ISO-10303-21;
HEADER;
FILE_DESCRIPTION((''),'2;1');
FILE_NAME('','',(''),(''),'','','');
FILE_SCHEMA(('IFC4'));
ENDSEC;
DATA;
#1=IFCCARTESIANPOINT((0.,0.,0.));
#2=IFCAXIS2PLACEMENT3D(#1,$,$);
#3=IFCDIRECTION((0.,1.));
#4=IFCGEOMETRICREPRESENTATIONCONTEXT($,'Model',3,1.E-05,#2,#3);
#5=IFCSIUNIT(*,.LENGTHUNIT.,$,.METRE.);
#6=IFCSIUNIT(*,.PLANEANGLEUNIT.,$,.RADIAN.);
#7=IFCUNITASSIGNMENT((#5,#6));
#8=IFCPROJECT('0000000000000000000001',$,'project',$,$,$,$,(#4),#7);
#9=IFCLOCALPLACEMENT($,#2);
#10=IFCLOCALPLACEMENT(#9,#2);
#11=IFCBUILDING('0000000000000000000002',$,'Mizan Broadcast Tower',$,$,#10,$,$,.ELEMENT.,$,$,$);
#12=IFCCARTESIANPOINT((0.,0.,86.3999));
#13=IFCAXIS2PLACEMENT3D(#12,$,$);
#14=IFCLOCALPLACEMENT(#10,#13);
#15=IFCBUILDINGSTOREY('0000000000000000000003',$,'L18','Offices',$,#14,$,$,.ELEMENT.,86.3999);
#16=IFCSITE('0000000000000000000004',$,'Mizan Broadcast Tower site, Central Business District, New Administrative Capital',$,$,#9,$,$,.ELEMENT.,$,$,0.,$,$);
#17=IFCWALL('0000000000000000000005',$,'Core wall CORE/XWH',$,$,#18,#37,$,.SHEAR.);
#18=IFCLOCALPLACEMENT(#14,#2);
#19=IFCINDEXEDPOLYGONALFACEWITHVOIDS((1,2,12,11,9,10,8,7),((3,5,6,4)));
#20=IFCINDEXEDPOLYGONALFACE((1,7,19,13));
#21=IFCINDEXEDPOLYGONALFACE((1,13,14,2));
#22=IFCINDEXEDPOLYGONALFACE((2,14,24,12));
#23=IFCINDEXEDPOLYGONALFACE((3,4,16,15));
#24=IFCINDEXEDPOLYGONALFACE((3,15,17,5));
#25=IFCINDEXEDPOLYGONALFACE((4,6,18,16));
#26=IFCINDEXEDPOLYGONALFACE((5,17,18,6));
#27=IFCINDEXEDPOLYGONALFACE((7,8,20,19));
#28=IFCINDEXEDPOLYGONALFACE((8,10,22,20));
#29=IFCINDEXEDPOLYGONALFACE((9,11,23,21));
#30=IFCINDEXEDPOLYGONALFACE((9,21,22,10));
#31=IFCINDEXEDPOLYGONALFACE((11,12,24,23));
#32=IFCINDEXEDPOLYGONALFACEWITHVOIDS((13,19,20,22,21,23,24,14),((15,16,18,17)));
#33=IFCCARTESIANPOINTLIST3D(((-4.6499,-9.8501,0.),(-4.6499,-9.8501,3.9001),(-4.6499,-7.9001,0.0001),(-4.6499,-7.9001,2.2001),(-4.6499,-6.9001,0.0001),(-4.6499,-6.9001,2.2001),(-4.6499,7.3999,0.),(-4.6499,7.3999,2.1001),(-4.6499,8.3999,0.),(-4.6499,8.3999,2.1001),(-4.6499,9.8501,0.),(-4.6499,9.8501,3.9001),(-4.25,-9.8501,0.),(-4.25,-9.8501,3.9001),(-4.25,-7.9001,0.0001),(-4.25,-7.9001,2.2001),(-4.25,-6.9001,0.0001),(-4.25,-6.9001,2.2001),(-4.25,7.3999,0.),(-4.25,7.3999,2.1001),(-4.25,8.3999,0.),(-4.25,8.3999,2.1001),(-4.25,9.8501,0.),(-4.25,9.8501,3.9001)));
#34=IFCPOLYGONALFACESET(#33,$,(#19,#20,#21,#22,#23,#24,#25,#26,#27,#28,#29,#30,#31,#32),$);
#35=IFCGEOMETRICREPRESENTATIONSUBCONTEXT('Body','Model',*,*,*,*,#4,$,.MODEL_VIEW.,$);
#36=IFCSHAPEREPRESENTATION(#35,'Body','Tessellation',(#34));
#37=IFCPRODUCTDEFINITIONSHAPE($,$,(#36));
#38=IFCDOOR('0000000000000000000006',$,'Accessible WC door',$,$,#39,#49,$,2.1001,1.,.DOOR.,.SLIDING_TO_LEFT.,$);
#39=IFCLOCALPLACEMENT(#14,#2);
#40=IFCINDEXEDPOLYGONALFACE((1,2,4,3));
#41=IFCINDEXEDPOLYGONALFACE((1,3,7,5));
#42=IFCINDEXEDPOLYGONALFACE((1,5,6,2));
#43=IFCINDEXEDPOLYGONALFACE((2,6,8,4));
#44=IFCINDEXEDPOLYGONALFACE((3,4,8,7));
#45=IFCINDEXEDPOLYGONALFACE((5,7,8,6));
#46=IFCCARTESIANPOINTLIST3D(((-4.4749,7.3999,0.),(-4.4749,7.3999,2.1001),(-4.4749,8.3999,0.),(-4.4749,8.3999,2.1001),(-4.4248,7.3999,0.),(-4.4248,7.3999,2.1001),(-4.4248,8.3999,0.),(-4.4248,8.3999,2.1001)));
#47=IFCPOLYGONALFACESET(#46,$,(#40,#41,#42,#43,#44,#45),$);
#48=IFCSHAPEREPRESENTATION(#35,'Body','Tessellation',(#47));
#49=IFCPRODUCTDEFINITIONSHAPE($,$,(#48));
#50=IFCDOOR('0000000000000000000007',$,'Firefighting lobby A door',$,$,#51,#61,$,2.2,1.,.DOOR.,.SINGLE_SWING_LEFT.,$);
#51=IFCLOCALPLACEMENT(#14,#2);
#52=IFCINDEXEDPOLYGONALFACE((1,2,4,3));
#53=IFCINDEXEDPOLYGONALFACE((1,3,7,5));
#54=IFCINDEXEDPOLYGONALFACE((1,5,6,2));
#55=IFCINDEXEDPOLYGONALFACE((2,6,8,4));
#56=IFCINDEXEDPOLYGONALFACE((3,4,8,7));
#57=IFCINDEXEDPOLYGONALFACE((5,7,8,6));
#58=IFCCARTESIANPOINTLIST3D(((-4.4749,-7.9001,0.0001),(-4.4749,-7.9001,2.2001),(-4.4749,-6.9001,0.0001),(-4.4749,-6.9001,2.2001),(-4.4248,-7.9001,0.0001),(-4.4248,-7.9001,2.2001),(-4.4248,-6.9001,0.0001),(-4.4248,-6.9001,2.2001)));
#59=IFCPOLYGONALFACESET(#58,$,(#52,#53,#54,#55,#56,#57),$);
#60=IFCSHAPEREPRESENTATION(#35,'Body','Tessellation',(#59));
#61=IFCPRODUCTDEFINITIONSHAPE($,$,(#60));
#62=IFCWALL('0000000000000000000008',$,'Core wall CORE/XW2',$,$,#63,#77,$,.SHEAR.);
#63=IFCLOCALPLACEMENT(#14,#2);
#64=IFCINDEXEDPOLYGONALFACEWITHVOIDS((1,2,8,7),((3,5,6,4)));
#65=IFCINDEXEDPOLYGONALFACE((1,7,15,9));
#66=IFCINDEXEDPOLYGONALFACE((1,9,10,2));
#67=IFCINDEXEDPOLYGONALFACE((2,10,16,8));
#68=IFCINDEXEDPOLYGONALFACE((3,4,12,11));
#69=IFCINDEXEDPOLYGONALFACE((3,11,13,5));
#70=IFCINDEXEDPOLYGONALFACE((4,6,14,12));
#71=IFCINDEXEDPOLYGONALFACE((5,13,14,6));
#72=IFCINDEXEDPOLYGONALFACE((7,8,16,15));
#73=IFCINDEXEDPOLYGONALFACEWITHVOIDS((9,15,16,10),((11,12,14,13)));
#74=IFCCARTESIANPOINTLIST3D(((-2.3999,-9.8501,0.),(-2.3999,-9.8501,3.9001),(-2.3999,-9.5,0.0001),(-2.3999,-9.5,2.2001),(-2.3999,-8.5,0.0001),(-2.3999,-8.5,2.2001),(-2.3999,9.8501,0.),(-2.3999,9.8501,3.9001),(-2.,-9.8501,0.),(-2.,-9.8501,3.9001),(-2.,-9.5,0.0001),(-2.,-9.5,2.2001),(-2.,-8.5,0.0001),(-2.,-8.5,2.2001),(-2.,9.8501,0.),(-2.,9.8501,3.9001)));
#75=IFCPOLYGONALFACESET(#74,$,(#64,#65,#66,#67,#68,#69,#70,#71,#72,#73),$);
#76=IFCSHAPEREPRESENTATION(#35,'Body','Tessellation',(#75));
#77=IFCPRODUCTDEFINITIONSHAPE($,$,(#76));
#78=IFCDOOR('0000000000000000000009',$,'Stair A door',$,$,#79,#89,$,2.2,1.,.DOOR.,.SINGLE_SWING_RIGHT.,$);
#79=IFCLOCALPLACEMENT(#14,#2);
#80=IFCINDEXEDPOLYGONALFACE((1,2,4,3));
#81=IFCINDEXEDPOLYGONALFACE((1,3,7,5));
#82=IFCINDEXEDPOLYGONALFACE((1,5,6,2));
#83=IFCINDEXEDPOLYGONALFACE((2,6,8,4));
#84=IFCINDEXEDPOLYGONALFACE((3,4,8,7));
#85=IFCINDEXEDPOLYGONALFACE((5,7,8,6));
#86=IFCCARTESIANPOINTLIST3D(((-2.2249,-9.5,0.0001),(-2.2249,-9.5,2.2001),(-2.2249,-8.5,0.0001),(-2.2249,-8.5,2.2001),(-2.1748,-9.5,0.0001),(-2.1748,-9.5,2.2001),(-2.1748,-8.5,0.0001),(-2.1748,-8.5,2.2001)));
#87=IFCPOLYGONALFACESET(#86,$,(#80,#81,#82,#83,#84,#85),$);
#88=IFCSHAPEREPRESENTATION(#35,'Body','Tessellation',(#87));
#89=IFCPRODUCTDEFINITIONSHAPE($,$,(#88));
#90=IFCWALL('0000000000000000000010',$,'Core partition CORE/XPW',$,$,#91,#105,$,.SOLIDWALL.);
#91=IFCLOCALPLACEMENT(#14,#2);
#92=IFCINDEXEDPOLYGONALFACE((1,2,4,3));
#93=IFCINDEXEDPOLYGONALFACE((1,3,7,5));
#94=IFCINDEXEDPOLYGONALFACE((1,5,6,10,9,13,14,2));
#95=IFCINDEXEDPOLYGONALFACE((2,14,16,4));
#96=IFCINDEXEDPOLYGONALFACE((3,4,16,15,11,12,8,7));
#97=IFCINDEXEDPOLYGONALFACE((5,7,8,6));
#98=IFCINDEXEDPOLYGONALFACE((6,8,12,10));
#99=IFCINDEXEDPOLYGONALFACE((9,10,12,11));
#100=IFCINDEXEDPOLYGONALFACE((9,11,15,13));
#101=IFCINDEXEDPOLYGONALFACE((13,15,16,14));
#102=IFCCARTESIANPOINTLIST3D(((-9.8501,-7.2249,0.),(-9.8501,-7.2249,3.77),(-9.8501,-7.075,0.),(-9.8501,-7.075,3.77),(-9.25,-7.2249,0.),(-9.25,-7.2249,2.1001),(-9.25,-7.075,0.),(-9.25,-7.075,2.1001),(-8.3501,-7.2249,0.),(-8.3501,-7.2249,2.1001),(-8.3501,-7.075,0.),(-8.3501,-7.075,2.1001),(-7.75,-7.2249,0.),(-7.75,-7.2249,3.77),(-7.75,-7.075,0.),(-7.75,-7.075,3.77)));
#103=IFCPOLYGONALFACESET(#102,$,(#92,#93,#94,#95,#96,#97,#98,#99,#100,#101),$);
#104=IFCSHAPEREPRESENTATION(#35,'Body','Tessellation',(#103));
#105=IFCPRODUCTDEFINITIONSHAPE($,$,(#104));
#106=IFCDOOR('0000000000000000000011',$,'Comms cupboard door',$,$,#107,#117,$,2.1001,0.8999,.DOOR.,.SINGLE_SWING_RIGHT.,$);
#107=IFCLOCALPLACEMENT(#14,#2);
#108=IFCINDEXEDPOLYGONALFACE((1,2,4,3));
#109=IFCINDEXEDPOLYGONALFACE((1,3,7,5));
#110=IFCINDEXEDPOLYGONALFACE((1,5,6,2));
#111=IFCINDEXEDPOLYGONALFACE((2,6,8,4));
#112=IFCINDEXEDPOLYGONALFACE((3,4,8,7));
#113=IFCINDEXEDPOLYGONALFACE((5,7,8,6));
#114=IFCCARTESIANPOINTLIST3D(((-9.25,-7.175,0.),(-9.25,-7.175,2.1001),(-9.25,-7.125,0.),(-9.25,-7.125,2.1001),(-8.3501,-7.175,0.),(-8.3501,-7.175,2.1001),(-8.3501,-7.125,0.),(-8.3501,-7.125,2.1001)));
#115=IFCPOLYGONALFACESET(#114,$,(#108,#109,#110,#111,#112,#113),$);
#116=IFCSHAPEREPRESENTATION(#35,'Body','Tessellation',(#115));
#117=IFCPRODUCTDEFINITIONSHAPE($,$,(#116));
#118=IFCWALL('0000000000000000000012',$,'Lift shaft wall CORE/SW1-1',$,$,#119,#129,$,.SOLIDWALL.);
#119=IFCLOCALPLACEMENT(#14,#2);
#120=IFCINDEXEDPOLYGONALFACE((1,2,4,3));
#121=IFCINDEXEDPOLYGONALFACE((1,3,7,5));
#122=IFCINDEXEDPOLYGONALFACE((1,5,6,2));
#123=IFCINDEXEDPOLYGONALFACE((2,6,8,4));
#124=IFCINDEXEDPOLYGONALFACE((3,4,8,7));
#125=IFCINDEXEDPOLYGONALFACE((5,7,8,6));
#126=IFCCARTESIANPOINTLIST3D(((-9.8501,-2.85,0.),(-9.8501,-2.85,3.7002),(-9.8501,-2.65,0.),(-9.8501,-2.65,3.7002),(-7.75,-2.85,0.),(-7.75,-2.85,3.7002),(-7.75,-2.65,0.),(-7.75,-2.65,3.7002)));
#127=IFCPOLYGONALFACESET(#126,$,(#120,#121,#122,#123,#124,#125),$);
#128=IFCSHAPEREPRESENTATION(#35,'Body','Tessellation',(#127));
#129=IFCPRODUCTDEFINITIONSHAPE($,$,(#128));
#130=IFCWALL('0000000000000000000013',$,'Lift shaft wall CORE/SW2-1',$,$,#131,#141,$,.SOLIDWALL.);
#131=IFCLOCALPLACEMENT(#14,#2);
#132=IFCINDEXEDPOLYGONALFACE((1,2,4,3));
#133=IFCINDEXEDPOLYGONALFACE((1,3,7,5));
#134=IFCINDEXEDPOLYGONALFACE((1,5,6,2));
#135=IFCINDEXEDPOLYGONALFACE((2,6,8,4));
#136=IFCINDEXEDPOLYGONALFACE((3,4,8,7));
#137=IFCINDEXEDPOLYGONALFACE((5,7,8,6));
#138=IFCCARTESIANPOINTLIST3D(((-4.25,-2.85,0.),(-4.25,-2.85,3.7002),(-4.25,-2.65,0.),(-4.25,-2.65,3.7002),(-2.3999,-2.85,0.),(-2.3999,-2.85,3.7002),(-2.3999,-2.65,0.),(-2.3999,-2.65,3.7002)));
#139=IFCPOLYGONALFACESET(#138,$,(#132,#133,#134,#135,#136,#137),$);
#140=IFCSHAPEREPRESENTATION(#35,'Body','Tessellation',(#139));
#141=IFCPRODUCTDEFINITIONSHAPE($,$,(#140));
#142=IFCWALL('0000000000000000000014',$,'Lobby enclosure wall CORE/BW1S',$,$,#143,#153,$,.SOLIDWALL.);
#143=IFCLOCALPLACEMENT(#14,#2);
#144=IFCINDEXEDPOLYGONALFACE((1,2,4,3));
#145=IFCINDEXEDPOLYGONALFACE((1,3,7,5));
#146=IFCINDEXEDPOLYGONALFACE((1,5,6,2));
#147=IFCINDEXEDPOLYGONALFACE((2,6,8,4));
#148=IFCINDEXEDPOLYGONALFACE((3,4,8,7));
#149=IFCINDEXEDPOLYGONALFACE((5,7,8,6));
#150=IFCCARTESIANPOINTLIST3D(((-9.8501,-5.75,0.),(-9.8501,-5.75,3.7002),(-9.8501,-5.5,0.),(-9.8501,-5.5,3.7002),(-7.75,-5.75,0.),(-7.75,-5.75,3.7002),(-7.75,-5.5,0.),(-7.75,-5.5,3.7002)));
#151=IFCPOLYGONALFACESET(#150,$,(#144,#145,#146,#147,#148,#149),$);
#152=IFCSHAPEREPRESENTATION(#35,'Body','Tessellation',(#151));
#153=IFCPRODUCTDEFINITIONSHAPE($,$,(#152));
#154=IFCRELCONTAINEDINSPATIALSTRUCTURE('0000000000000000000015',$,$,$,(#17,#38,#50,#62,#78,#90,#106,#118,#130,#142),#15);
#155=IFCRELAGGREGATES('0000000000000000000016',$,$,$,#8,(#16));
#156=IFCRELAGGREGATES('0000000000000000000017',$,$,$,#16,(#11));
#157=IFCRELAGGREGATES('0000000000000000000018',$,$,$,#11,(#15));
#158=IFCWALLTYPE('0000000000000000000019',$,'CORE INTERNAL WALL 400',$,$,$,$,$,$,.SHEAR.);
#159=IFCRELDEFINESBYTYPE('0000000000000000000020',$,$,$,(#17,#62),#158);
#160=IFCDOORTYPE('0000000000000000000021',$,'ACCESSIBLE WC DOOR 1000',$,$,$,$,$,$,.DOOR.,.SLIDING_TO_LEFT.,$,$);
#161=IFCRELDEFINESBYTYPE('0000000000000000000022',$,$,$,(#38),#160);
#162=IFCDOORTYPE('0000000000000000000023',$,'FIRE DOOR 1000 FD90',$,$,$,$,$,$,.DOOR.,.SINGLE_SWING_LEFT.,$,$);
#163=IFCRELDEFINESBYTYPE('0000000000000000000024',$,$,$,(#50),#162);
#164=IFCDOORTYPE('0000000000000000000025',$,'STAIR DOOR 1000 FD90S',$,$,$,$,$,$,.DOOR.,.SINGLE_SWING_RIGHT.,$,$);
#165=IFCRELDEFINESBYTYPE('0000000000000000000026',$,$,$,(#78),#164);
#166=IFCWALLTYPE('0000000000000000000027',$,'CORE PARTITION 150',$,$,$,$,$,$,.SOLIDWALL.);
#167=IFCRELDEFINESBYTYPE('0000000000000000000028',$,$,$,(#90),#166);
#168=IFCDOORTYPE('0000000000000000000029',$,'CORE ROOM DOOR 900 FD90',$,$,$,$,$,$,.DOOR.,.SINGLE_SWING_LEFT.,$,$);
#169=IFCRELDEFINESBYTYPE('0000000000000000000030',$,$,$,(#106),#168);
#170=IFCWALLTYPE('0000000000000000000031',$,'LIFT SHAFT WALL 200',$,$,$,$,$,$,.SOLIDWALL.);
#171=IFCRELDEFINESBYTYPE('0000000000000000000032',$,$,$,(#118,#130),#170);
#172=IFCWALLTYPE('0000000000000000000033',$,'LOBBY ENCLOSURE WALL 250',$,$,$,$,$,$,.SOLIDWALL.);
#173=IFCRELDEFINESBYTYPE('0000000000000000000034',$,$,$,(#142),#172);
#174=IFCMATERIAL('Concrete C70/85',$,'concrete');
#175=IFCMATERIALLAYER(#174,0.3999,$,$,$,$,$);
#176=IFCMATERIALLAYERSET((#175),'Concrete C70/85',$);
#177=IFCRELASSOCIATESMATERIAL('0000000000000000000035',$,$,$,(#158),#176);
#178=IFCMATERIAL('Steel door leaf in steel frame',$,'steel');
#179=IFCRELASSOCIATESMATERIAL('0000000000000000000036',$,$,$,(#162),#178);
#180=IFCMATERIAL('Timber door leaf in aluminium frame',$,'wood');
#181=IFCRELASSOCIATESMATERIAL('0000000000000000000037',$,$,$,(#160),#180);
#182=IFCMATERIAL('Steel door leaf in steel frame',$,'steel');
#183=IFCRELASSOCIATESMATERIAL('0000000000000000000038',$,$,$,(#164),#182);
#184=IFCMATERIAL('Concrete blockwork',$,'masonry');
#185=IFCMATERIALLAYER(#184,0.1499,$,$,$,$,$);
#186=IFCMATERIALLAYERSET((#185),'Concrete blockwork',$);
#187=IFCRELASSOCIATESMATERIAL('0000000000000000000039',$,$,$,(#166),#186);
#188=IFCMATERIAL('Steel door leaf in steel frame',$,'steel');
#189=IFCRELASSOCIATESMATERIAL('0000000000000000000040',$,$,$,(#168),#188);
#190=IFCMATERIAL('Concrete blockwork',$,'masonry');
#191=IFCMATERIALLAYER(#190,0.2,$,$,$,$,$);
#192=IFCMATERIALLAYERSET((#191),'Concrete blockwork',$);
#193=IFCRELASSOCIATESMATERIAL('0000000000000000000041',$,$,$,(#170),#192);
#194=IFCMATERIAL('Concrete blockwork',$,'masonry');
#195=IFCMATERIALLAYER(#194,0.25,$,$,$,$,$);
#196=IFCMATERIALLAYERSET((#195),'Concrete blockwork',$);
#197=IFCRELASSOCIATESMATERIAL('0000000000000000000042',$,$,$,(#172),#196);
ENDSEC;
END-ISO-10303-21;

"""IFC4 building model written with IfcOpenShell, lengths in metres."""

from ifc_helpers import new_model, si_unit, direction, frame, frame_2d, origin, place, context, subcontext, project, spatial, rectangle, extrude, material, layer, layer_set, type_object, element, fill, save


model = new_model("IFC4")

# Units and contexts
model_context = context("Model", 3, precision=1e-05, world=origin(), true_north=direction((0.0, 1.0)))
body_context = subcontext(model_context, "Body", "Model", "MODEL_VIEW")
ifc_project = project(units=[si_unit("LENGTHUNIT", "METRE"), si_unit("PLANEANGLEUNIT", "RADIAN")], contexts=[model_context])

# Site, building, storey
site_placement = place(None, origin())
site = spatial("IfcSite", under=ifc_project, at=site_placement, Name="Mizan Broadcast Tower site, Central Business District, New Administrative Capital", CompositionType="ELEMENT", RefElevation=0.0)
building_placement = place(site_placement, origin())
building = spatial("IfcBuilding", under=site, at=building_placement, Name="Mizan Broadcast Tower", CompositionType="ELEMENT")
storey_placement = place(building_placement, frame((0.0, 0.0, 86.3999)))
storey = spatial("IfcBuildingStorey", under=building, at=storey_placement, Name="L18", Description="Offices", CompositionType="ELEMENT", Elevation=86.3999)

# Wall, openings, doors
ifc_material_1 = material(Name="Concrete C70/85", Category="concrete")
ifc_layer_1 = layer(ifc_material_1, 0.3999)
ifc_layer_set_1 = layer_set([ifc_layer_1], Name="Concrete C70/85")
wall_type_1 = type_object("IfcWallType", Name="CORE INTERNAL WALL 400", PredefinedType="SHEAR", material=ifc_layer_set_1)
ifc_material_2 = material(Name="Steel door leaf in steel frame", Category="steel")
door_type_1 = type_object("IfcDoorType", Name="FIRE DOOR 1000 FD90", OperationType="SINGLE_SWING_LEFT", PredefinedType="DOOR", material=ifc_material_2)
wall_1_placement = place(storey_placement, frame((-4.45, -9.8501, 0.0), z_axis=(0.0, 0.0, 1.0), x_axis=(0.0, 1.0, 0.0)))
wall_1 = element("IfcWall", 1, at=wall_1_placement, inside=storey, type_object=wall_type_1, Name="Core wall CORE/XWH", PredefinedType="SHEAR", context=body_context, shape_type="SweptSolid", body=[
    extrude(rectangle(XDim=19.7002, YDim=0.3999, at=frame_2d((9.8501, 0.0))), origin(), (0.0, 0.0, 1.0), 3.9001),
])
opening_1_placement = place(wall_1_placement, frame((1.95, 0.0, 0.0)))
opening_1 = element("IfcOpeningElement", 2, at=opening_1_placement, cuts=wall_1, PredefinedType="OPENING", context=body_context, shape_type="SweptSolid", body=[
    extrude(rectangle(XDim=1.0, YDim=2.2, at=frame_2d((0.5, 1.1001))), frame((0.0, 0.21, 0.0), z_axis=(0.0, -1.0, 0.0), x_axis=(1.0, 0.0, 0.0)), (0.0, 0.0, 1.0), 0.4199),
])
opening_2_placement = place(wall_1_placement, frame((17.25, 0.0, 0.0)))
opening_2 = element("IfcOpeningElement", 3, at=opening_2_placement, cuts=wall_1, PredefinedType="OPENING", context=body_context, shape_type="SweptSolid", body=[
    extrude(rectangle(XDim=1.0, YDim=2.1001, at=frame_2d((0.5, 1.05))), frame((0.0, 0.21, 0.0), z_axis=(0.0, -1.0, 0.0), x_axis=(1.0, 0.0, 0.0)), (0.0, 0.0, 1.0), 0.4199),
])
ifc_material_3 = material(Name="Timber door leaf in aluminium frame", Category="wood")
door_type_2 = type_object("IfcDoorType", Name="ACCESSIBLE WC DOOR 1000", OperationType="SLIDING_TO_LEFT", PredefinedType="DOOR", material=ifc_material_3)
door_1_placement = place(opening_2_placement, origin())
door_1 = element("IfcDoor", 4, at=door_1_placement, inside=storey, type_object=door_type_2, Name="Accessible WC door", OperationType="SLIDING_TO_LEFT", OverallHeight=2.1001, OverallWidth=1.0, PredefinedType="DOOR", context=body_context, shape_type="SweptSolid", body=[
    extrude(rectangle(XDim=1.0, YDim=2.1001, at=frame_2d((0.5, 1.05))), frame((0.0, 0.0249, 0.0), z_axis=(0.0, -1.0, 0.0), x_axis=(1.0, 0.0, 0.0)), (0.0, 0.0, 1.0), 0.05),
])
fill(opening_2, door_1)
door_2_placement = place(opening_1_placement, origin())
door_2 = element("IfcDoor", 5, at=door_2_placement, inside=storey, type_object=door_type_1, Name="Firefighting lobby A door", OperationType="SINGLE_SWING_LEFT", OverallHeight=2.2, OverallWidth=1.0, PredefinedType="DOOR", context=body_context, shape_type="SweptSolid", body=[
    extrude(rectangle(XDim=1.0, YDim=2.2, at=frame_2d((0.5, 1.1001))), frame((0.0, 0.0249, 0.0), z_axis=(0.0, -1.0, 0.0), x_axis=(1.0, 0.0, 0.0)), (0.0, 0.0, 1.0), 0.05),
])
fill(opening_1, door_2)

# Walls, openings, doors
wall_2_placement = place(storey_placement, frame((-2.2, -9.8501, 0.0), z_axis=(0.0, 0.0, 1.0), x_axis=(0.0, 1.0, 0.0)))
wall_2 = element("IfcWall", 6, at=wall_2_placement, inside=storey, type_object=wall_type_1, Name="Core wall CORE/XW2", PredefinedType="SHEAR", context=body_context, shape_type="SweptSolid", body=[
    extrude(rectangle(XDim=19.7002, YDim=0.3999, at=frame_2d((9.8501, 0.0))), origin(), (0.0, 0.0, 1.0), 3.9001),
])
opening_3_placement = place(wall_2_placement, frame((0.3501, 0.0, 0.0)))
opening_3 = element("IfcOpeningElement", 7, at=opening_3_placement, cuts=wall_2, PredefinedType="OPENING", context=body_context, shape_type="SweptSolid", body=[
    extrude(rectangle(XDim=1.0, YDim=2.2, at=frame_2d((0.5, 1.1001))), frame((0.0, 0.21, 0.0), z_axis=(0.0, -1.0, 0.0), x_axis=(1.0, 0.0, 0.0)), (0.0, 0.0, 1.0), 0.4199),
])
ifc_material_4 = material(Name="Steel door leaf in steel frame", Category="steel")
door_type_3 = type_object("IfcDoorType", Name="STAIR DOOR 1000 FD90S", OperationType="SINGLE_SWING_RIGHT", PredefinedType="DOOR", material=ifc_material_4)
door_3_placement = place(opening_3_placement, origin())
door_3 = element("IfcDoor", 8, at=door_3_placement, inside=storey, type_object=door_type_3, Name="Stair A door", OperationType="SINGLE_SWING_RIGHT", OverallHeight=2.2, OverallWidth=1.0, PredefinedType="DOOR", context=body_context, shape_type="SweptSolid", body=[
    extrude(rectangle(XDim=1.0, YDim=2.2, at=frame_2d((0.5, 1.1001))), frame((0.0, 0.0249, 0.0), z_axis=(0.0, -1.0, 0.0), x_axis=(1.0, 0.0, 0.0)), (0.0, 0.0, 1.0), 0.05),
])
fill(opening_3, door_3)
ifc_material_5 = material(Name="Concrete blockwork", Category="masonry")
ifc_layer_2 = layer(ifc_material_5, 0.1499)
ifc_layer_set_2 = layer_set([ifc_layer_2], Name="Concrete blockwork")
wall_type_2 = type_object("IfcWallType", Name="CORE PARTITION 150", PredefinedType="SOLIDWALL", material=ifc_layer_set_2)
wall_3_placement = place(storey_placement, frame((-9.8501, -7.1499, 0.0), z_axis=(0.0, 0.0, 1.0), x_axis=(1.0, 0.0, 0.0)))
wall_3 = element("IfcWall", 9, at=wall_3_placement, inside=storey, type_object=wall_type_2, Name="Core partition CORE/XPW", PredefinedType="SOLIDWALL", context=body_context, shape_type="SweptSolid", body=[
    extrude(rectangle(XDim=2.1001, YDim=0.1499, at=frame_2d((1.05, 0.0))), origin(), (0.0, 0.0, 1.0), 3.77),
])
opening_4_placement = place(wall_3_placement, frame((0.6001, 0.0, 0.0)))
opening_4 = element("IfcOpeningElement", 10, at=opening_4_placement, cuts=wall_3, PredefinedType="OPENING", context=body_context, shape_type="SweptSolid", body=[
    extrude(rectangle(XDim=0.8999, YDim=2.1001, at=frame_2d((0.45, 1.05))), frame((0.0, 0.085, 0.0), z_axis=(0.0, -1.0, 0.0), x_axis=(1.0, 0.0, 0.0)), (0.0, 0.0, 1.0), 0.1699),
])
ifc_material_6 = material(Name="Steel door leaf in steel frame", Category="steel")
door_type_4 = type_object("IfcDoorType", Name="CORE ROOM DOOR 900 FD90", OperationType="SINGLE_SWING_LEFT", PredefinedType="DOOR", material=ifc_material_6)
door_4_placement = place(opening_4_placement, origin())
door_4 = element("IfcDoor", 11, at=door_4_placement, inside=storey, type_object=door_type_4, Name="Comms cupboard door", OperationType="SINGLE_SWING_RIGHT", OverallHeight=2.1001, OverallWidth=0.8999, PredefinedType="DOOR", context=body_context, shape_type="SweptSolid", body=[
    extrude(rectangle(XDim=0.8999, YDim=2.1001, at=frame_2d((0.45, 1.05))), frame((0.0, 0.0249, 0.0), z_axis=(0.0, -1.0, 0.0), x_axis=(1.0, 0.0, 0.0)), (0.0, 0.0, 1.0), 0.05),
])
fill(opening_4, door_4)

# Walls
ifc_material_7 = material(Name="Concrete blockwork", Category="masonry")
ifc_layer_3 = layer(ifc_material_7, 0.2)
ifc_layer_set_3 = layer_set([ifc_layer_3], Name="Concrete blockwork")
wall_type_3 = type_object("IfcWallType", Name="LIFT SHAFT WALL 200", PredefinedType="SOLIDWALL", material=ifc_layer_set_3)
wall_4_placement = place(storey_placement, frame((-9.8501, -2.75, 0.0), z_axis=(0.0, 0.0, 1.0), x_axis=(1.0, 0.0, 0.0)))
element("IfcWall", 12, at=wall_4_placement, inside=storey, type_object=wall_type_3, Name="Lift shaft wall CORE/SW1-1", PredefinedType="SOLIDWALL", context=body_context, shape_type="SweptSolid", body=[
    extrude(rectangle(XDim=2.1001, YDim=0.2, at=frame_2d((1.05, 0.0))), origin(), (0.0, 0.0, 1.0), 3.7002),
])
wall_5_placement = place(storey_placement, frame((-4.25, -2.75, 0.0), z_axis=(0.0, 0.0, 1.0), x_axis=(1.0, 0.0, 0.0)))
element("IfcWall", 13, at=wall_5_placement, inside=storey, type_object=wall_type_3, Name="Lift shaft wall CORE/SW2-1", PredefinedType="SOLIDWALL", context=body_context, shape_type="SweptSolid", body=[
    extrude(rectangle(XDim=1.8501, YDim=0.2, at=frame_2d((0.925, 0.0))), origin(), (0.0, 0.0, 1.0), 3.7002),
])
ifc_material_8 = material(Name="Concrete blockwork", Category="masonry")
ifc_layer_4 = layer(ifc_material_8, 0.25)
ifc_layer_set_4 = layer_set([ifc_layer_4], Name="Concrete blockwork")
wall_type_4 = type_object("IfcWallType", Name="LOBBY ENCLOSURE WALL 250", PredefinedType="SOLIDWALL", material=ifc_layer_set_4)
wall_6_placement = place(storey_placement, frame((-9.8501, -5.625, 0.0), z_axis=(0.0, 0.0, 1.0), x_axis=(1.0, 0.0, 0.0)))
element("IfcWall", 14, at=wall_6_placement, inside=storey, type_object=wall_type_4, Name="Lobby enclosure wall CORE/BW1S", PredefinedType="SOLIDWALL", context=body_context, shape_type="SweptSolid", body=[
    extrude(rectangle(XDim=2.1001, YDim=0.25, at=frame_2d((1.05, 0.0))), origin(), (0.0, 0.0, 1.0), 3.7002),
])

save(model, "model.ifc")
